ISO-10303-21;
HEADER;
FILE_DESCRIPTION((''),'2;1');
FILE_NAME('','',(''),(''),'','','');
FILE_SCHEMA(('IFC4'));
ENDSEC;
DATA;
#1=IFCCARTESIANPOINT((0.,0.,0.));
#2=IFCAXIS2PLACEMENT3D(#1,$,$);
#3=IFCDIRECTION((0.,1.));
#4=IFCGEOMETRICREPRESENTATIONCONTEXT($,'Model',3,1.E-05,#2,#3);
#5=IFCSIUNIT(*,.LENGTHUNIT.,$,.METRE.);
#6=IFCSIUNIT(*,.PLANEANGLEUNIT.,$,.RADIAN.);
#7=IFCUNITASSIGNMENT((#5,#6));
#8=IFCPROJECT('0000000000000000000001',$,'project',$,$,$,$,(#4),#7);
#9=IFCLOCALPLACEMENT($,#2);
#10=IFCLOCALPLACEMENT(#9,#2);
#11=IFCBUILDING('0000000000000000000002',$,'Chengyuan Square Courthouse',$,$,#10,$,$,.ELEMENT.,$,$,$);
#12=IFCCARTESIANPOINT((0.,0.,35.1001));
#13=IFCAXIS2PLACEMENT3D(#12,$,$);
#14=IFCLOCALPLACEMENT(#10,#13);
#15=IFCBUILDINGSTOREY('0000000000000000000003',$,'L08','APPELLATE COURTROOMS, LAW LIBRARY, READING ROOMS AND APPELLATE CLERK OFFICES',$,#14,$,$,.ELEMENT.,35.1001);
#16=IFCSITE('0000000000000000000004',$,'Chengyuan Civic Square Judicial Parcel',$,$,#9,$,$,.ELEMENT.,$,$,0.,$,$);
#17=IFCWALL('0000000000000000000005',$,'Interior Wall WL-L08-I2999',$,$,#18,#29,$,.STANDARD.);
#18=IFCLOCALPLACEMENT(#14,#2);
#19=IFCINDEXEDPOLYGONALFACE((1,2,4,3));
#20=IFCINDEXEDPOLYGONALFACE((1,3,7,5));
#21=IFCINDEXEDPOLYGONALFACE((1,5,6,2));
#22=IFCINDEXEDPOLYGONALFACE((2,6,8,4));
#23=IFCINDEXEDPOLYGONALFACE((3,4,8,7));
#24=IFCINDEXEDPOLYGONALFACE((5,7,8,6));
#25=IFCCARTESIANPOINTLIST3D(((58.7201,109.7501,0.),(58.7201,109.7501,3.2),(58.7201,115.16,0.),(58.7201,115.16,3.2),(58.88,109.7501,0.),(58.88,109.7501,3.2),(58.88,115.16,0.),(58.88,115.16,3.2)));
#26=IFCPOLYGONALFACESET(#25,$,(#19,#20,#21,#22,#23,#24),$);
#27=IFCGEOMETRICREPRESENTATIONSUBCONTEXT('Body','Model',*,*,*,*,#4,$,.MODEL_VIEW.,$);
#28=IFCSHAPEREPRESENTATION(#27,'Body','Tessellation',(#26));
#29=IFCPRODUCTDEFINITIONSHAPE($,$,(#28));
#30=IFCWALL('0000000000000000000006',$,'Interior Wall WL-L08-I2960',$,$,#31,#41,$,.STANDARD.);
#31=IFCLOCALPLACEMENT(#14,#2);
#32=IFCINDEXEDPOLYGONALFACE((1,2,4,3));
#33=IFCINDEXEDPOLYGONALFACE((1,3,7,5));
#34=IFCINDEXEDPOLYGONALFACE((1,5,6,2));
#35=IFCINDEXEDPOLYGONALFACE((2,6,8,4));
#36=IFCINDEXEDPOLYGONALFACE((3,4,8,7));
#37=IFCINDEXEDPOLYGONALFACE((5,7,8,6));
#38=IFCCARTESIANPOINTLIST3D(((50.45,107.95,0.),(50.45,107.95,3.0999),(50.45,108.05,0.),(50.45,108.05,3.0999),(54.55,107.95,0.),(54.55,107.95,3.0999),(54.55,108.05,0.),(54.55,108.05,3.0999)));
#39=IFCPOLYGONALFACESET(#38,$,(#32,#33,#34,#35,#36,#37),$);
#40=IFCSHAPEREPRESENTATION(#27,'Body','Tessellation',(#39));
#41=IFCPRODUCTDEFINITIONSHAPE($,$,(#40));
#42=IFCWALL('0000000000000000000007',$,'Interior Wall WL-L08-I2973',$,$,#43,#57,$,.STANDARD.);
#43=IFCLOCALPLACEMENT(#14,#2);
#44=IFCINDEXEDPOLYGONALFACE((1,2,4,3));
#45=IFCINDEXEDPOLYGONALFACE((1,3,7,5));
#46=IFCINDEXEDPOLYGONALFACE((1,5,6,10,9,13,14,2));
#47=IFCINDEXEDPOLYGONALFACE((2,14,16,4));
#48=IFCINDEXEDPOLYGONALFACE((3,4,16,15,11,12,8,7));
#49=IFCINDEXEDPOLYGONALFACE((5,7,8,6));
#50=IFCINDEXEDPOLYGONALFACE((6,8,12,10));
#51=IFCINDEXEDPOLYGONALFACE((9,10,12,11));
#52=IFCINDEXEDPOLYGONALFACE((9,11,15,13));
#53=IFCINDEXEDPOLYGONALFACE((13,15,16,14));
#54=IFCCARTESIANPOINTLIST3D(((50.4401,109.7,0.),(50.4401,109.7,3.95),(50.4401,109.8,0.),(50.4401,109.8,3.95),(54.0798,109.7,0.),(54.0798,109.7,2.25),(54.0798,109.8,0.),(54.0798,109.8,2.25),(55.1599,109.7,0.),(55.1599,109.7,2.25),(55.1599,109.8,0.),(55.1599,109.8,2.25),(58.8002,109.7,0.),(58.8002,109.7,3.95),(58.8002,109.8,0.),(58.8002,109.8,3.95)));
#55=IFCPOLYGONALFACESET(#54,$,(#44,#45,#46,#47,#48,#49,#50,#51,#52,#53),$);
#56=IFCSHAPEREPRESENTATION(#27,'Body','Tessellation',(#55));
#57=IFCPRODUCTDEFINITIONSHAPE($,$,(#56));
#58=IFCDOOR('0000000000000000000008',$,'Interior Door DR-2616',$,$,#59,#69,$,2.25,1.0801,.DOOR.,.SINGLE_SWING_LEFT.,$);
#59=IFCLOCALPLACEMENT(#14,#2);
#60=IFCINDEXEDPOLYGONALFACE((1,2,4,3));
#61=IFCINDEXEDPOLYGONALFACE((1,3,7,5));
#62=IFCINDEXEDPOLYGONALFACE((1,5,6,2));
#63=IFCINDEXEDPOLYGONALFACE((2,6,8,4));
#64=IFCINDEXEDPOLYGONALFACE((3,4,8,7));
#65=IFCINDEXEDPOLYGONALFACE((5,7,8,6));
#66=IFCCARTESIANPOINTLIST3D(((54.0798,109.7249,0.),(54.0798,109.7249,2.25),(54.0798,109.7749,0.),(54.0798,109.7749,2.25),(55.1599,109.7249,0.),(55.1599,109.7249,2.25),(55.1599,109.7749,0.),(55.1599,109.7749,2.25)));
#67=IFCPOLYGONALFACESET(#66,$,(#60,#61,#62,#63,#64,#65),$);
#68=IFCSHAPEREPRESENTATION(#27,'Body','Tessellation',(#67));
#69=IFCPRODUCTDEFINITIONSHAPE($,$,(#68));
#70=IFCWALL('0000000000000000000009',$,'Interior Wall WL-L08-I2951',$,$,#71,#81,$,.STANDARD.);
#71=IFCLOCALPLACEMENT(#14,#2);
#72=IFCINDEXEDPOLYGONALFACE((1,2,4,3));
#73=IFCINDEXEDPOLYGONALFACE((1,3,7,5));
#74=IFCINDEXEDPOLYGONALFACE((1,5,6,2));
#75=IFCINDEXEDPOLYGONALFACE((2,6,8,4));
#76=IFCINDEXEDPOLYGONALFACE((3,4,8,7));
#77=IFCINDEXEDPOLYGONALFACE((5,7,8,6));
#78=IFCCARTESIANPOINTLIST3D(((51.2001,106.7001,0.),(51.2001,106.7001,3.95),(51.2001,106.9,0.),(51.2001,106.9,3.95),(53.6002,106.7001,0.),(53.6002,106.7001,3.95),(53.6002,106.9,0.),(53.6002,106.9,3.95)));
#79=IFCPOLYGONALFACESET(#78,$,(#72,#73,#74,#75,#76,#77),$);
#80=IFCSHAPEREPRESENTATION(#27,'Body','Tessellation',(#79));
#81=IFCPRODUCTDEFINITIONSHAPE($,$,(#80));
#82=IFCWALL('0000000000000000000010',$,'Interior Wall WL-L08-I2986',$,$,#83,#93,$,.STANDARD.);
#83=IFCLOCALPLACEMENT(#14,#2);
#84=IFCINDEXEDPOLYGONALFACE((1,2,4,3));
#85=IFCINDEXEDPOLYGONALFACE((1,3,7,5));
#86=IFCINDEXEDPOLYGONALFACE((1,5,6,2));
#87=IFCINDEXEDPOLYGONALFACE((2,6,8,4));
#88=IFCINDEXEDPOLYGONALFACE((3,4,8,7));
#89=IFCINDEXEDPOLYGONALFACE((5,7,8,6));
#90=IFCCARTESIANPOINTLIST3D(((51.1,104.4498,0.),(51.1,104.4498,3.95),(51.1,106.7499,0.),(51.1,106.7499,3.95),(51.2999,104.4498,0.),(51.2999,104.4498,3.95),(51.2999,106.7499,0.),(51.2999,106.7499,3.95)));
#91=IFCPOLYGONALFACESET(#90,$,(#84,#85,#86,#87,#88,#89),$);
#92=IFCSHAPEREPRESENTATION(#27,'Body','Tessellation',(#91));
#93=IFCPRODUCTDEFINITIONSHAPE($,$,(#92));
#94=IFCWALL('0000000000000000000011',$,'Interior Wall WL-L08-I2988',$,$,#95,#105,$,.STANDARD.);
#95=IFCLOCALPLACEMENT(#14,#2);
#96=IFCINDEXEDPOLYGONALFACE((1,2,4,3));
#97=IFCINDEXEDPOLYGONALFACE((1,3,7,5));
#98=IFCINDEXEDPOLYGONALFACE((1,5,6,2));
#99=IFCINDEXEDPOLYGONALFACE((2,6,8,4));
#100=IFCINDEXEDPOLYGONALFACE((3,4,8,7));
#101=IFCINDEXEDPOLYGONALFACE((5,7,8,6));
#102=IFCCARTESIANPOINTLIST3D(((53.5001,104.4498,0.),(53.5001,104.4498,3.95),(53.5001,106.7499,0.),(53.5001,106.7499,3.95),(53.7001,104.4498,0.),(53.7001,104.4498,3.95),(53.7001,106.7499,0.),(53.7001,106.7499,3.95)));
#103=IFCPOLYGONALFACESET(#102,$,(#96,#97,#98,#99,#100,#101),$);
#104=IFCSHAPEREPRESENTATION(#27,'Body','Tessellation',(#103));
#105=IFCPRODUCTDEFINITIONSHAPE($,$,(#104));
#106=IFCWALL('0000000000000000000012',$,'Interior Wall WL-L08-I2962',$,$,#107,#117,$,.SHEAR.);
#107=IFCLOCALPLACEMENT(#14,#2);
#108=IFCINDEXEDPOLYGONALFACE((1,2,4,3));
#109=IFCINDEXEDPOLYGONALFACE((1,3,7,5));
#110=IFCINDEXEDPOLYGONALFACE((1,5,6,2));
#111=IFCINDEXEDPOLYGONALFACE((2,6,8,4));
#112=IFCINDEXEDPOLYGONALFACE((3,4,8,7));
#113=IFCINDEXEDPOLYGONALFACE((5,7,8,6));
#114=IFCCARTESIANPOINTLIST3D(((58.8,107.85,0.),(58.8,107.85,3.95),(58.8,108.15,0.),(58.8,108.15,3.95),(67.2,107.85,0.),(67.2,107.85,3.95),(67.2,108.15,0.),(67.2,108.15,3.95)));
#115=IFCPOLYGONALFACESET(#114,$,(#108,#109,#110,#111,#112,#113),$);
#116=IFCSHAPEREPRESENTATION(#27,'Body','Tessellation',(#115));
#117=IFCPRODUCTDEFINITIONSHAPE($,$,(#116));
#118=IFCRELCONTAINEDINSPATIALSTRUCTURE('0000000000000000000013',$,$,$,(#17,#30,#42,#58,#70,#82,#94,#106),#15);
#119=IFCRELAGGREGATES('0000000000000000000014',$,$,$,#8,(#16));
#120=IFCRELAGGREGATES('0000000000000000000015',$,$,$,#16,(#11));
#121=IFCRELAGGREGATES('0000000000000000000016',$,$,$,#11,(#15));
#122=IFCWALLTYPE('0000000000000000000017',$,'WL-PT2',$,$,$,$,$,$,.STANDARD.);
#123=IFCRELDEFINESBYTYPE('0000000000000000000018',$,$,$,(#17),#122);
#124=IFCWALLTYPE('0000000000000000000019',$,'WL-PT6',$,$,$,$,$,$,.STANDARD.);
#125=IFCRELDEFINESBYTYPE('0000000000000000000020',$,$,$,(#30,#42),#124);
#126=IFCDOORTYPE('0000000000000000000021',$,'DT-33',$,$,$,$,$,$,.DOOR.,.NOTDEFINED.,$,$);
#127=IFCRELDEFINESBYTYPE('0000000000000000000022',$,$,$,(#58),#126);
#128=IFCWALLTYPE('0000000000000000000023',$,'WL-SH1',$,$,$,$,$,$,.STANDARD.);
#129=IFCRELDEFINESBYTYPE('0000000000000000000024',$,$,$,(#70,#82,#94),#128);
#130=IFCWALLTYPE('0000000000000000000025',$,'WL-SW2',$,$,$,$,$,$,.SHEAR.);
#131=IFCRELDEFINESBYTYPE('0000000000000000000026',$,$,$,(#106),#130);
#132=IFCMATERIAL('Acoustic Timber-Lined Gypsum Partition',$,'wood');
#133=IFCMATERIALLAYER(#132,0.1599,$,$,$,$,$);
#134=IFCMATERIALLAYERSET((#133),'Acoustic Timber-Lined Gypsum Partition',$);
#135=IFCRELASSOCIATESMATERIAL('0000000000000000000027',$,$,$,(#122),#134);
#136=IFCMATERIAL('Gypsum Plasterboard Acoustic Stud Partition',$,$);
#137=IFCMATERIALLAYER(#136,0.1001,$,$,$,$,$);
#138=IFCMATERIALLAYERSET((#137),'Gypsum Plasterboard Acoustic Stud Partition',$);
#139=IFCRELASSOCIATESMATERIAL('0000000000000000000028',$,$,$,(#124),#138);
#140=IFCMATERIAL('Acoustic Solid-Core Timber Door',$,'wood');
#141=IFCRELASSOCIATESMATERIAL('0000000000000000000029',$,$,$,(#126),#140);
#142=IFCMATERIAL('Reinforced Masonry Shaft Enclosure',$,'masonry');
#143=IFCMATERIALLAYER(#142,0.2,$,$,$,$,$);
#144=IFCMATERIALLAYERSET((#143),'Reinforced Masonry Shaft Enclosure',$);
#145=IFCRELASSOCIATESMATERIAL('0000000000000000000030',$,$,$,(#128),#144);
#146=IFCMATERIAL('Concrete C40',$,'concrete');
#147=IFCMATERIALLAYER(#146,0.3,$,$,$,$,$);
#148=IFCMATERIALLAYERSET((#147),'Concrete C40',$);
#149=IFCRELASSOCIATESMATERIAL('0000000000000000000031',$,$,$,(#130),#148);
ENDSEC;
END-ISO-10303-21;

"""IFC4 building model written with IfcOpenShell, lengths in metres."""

from ifc_helpers import new_model, si_unit, direction, frame, frame_2d, origin, place, context, subcontext, project, spatial, rectangle, extrude, material, layer, layer_set, type_object, element, fill, save


model = new_model("IFC4")

# Units and contexts
model_context = context("Model", 3, precision=1e-05, world=origin(), true_north=direction((0.0, 1.0)))
body_context = subcontext(model_context, "Body", "Model", "MODEL_VIEW")
ifc_project = project(units=[si_unit("LENGTHUNIT", "METRE"), si_unit("PLANEANGLEUNIT", "RADIAN")], contexts=[model_context])

# Site, building, storey
site_placement = place(None, origin())
site = spatial("IfcSite", under=ifc_project, at=site_placement, Name="Chengyuan Civic Square Judicial Parcel", CompositionType="ELEMENT", RefElevation=0.0)
building_placement = place(site_placement, origin())
building = spatial("IfcBuilding", under=site, at=building_placement, Name="Chengyuan Square Courthouse", CompositionType="ELEMENT")
storey_placement = place(building_placement, frame((0.0, 0.0, 35.1001)))
storey = spatial("IfcBuildingStorey", under=building, at=storey_placement, Name="L08", Description="APPELLATE COURTROOMS, LAW LIBRARY, READING ROOMS AND APPELLATE CLERK OFFICES", CompositionType="ELEMENT", Elevation=35.1001)

# Shared definitions
ifc_material_1 = material(Name="Concrete C40", Category="concrete")

# Shared definitions
ifc_material_2 = material(Name="Acoustic Timber-Lined Gypsum Partition", Category="wood")
ifc_layer_1 = layer(ifc_material_2, 0.1599)
ifc_layer_set_1 = layer_set([ifc_layer_1], Name="Acoustic Timber-Lined Gypsum Partition")
wall_type_1 = type_object("IfcWallType", Name="WL-PT2", PredefinedType="STANDARD", material=ifc_layer_set_1)

# Walls
wall_1_placement = place(storey_placement, frame((58.8, 109.75, 0.0), z_axis=(0.0, 0.0, 1.0), x_axis=(0.0, 1.0, 0.0)))
element("IfcWall", 1, at=wall_1_placement, inside=storey, type_object=wall_type_1, Name="Interior Wall WL-L08-I2999", PredefinedType="STANDARD", context=body_context, shape_type="SweptSolid", body=[
    extrude(rectangle(XDim=5.4099, YDim=0.1599, at=frame_2d((2.7051, 0.0))), origin(), (0.0, 0.0, 1.0), 3.2),
])
ifc_material_3 = material(Name="Gypsum Plasterboard Acoustic Stud Partition")
ifc_layer_2 = layer(ifc_material_3, 0.1001)
ifc_layer_set_2 = layer_set([ifc_layer_2], Name="Gypsum Plasterboard Acoustic Stud Partition")
wall_type_2 = type_object("IfcWallType", Name="WL-PT6", PredefinedType="STANDARD", material=ifc_layer_set_2)
wall_2_placement = place(storey_placement, frame((50.45, 108.0, 0.0), z_axis=(0.0, 0.0, 1.0), x_axis=(1.0, 0.0, 0.0)))
element("IfcWall", 2, at=wall_2_placement, inside=storey, type_object=wall_type_2, Name="Interior Wall WL-L08-I2960", PredefinedType="STANDARD", context=body_context, shape_type="SweptSolid", body=[
    extrude(rectangle(XDim=4.1001, YDim=0.1001, at=frame_2d((2.05, 0.0))), origin(), (0.0, 0.0, 1.0), 3.0999),
])

# Wall, opening, door
wall_3_placement = place(storey_placement, frame((50.4399, 109.75, 0.0), z_axis=(0.0, 0.0, 1.0), x_axis=(1.0, 0.0, 0.0)))
wall_3 = element("IfcWall", 3, at=wall_3_placement, inside=storey, type_object=wall_type_2, Name="Interior Wall WL-L08-I2973", PredefinedType="STANDARD", context=body_context, shape_type="SweptSolid", body=[
    extrude(rectangle(XDim=8.3601, YDim=0.1001, at=frame_2d((4.1802, 0.0))), origin(), (0.0, 0.0, 1.0), 3.95),
])
opening_1_placement = place(wall_3_placement, frame((3.6399, 0.0, 0.0)))
opening_1 = element("IfcOpeningElement", 4, at=opening_1_placement, cuts=wall_3, PredefinedType="OPENING", context=body_context, shape_type="SweptSolid", body=[
    extrude(rectangle(XDim=1.0801, YDim=2.25, at=frame_2d((0.54, 1.125))), frame((0.0, 0.062, 0.0), z_axis=(0.0, -1.0, 0.0), x_axis=(1.0, 0.0, 0.0)), (0.0, 0.0, 1.0), 0.124),
])
ifc_material_4 = material(Name="Acoustic Solid-Core Timber Door", Category="wood")
door_type_1 = type_object("IfcDoorType", Name="DT-33", OperationType="NOTDEFINED", PredefinedType="DOOR", material=ifc_material_4)
door_1_placement = place(opening_1_placement, origin())
door_1 = element("IfcDoor", 5, at=door_1_placement, inside=storey, type_object=door_type_1, Name="Interior Door DR-2616", OperationType="SINGLE_SWING_LEFT", OverallHeight=2.25, OverallWidth=1.0801, PredefinedType="DOOR", context=body_context, shape_type="SweptSolid", body=[
    extrude(rectangle(XDim=1.0801, YDim=2.25, at=frame_2d((0.54, 1.125))), frame((0.0, 0.0249, 0.0), z_axis=(0.0, -1.0, 0.0), x_axis=(1.0, 0.0, 0.0)), (0.0, 0.0, 1.0), 0.05),
])
fill(opening_1, door_1)
ifc_material_5 = material(Name="Reinforced Masonry Shaft Enclosure", Category="masonry")
ifc_layer_3 = layer(ifc_material_5, 0.2)
ifc_layer_set_3 = layer_set([ifc_layer_3], Name="Reinforced Masonry Shaft Enclosure")
wall_type_3 = type_object("IfcWallType", Name="WL-SH1", PredefinedType="STANDARD", material=ifc_layer_set_3)

# Walls
wall_4_placement = place(storey_placement, frame((51.2, 106.8, 0.0), z_axis=(0.0, 0.0, 1.0), x_axis=(1.0, 0.0, 0.0)))
element("IfcWall", 6, at=wall_4_placement, inside=storey, type_object=wall_type_3, Name="Interior Wall WL-L08-I2951", PredefinedType="STANDARD", context=body_context, shape_type="SweptSolid", body=[
    extrude(rectangle(XDim=2.4001, YDim=0.2, at=frame_2d((1.2002, 0.0))), origin(), (0.0, 0.0, 1.0), 3.95),
])
for number, where, z_axis, x_axis, name in (
    (7, (51.2, 104.45, 0.0), (0.0, 0.0, 1.0), (0.0, 1.0, 0.0), "Interior Wall WL-L08-I2986"),
    (8, (53.6001, 104.45, 0.0), (0.0, 0.0, 1.0), (0.0, 1.0, 0.0), "Interior Wall WL-L08-I2988"),
):
    element("IfcWall", number, at=place(storey_placement, frame(where, z_axis=z_axis, x_axis=x_axis)), inside=storey, type_object=wall_type_3, Name=name, PredefinedType="STANDARD", context=body_context, shape_type="SweptSolid", body=[
        extrude(rectangle(XDim=2.3, YDim=0.2, at=frame_2d((1.1499, 0.0))), origin(), (0.0, 0.0, 1.0), 3.95),
    ])
ifc_layer_4 = layer(ifc_material_1, 0.3)
ifc_layer_set_4 = layer_set([ifc_layer_4], Name="Concrete C40")
wall_type_4 = type_object("IfcWallType", Name="WL-SW2", PredefinedType="SHEAR", material=ifc_layer_set_4)
wall_5_placement = place(storey_placement, frame((58.8, 108.0, 0.0), z_axis=(0.0, 0.0, 1.0), x_axis=(1.0, 0.0, 0.0)))
element("IfcWall", 9, at=wall_5_placement, inside=storey, type_object=wall_type_4, Name="Interior Wall WL-L08-I2962", PredefinedType="SHEAR", context=body_context, shape_type="SweptSolid", body=[
    extrude(rectangle(XDim=8.3999, YDim=0.3, at=frame_2d((4.2, 0.0))), origin(), (0.0, 0.0, 1.0), 3.95),
])

save(model, "model.ifc")
